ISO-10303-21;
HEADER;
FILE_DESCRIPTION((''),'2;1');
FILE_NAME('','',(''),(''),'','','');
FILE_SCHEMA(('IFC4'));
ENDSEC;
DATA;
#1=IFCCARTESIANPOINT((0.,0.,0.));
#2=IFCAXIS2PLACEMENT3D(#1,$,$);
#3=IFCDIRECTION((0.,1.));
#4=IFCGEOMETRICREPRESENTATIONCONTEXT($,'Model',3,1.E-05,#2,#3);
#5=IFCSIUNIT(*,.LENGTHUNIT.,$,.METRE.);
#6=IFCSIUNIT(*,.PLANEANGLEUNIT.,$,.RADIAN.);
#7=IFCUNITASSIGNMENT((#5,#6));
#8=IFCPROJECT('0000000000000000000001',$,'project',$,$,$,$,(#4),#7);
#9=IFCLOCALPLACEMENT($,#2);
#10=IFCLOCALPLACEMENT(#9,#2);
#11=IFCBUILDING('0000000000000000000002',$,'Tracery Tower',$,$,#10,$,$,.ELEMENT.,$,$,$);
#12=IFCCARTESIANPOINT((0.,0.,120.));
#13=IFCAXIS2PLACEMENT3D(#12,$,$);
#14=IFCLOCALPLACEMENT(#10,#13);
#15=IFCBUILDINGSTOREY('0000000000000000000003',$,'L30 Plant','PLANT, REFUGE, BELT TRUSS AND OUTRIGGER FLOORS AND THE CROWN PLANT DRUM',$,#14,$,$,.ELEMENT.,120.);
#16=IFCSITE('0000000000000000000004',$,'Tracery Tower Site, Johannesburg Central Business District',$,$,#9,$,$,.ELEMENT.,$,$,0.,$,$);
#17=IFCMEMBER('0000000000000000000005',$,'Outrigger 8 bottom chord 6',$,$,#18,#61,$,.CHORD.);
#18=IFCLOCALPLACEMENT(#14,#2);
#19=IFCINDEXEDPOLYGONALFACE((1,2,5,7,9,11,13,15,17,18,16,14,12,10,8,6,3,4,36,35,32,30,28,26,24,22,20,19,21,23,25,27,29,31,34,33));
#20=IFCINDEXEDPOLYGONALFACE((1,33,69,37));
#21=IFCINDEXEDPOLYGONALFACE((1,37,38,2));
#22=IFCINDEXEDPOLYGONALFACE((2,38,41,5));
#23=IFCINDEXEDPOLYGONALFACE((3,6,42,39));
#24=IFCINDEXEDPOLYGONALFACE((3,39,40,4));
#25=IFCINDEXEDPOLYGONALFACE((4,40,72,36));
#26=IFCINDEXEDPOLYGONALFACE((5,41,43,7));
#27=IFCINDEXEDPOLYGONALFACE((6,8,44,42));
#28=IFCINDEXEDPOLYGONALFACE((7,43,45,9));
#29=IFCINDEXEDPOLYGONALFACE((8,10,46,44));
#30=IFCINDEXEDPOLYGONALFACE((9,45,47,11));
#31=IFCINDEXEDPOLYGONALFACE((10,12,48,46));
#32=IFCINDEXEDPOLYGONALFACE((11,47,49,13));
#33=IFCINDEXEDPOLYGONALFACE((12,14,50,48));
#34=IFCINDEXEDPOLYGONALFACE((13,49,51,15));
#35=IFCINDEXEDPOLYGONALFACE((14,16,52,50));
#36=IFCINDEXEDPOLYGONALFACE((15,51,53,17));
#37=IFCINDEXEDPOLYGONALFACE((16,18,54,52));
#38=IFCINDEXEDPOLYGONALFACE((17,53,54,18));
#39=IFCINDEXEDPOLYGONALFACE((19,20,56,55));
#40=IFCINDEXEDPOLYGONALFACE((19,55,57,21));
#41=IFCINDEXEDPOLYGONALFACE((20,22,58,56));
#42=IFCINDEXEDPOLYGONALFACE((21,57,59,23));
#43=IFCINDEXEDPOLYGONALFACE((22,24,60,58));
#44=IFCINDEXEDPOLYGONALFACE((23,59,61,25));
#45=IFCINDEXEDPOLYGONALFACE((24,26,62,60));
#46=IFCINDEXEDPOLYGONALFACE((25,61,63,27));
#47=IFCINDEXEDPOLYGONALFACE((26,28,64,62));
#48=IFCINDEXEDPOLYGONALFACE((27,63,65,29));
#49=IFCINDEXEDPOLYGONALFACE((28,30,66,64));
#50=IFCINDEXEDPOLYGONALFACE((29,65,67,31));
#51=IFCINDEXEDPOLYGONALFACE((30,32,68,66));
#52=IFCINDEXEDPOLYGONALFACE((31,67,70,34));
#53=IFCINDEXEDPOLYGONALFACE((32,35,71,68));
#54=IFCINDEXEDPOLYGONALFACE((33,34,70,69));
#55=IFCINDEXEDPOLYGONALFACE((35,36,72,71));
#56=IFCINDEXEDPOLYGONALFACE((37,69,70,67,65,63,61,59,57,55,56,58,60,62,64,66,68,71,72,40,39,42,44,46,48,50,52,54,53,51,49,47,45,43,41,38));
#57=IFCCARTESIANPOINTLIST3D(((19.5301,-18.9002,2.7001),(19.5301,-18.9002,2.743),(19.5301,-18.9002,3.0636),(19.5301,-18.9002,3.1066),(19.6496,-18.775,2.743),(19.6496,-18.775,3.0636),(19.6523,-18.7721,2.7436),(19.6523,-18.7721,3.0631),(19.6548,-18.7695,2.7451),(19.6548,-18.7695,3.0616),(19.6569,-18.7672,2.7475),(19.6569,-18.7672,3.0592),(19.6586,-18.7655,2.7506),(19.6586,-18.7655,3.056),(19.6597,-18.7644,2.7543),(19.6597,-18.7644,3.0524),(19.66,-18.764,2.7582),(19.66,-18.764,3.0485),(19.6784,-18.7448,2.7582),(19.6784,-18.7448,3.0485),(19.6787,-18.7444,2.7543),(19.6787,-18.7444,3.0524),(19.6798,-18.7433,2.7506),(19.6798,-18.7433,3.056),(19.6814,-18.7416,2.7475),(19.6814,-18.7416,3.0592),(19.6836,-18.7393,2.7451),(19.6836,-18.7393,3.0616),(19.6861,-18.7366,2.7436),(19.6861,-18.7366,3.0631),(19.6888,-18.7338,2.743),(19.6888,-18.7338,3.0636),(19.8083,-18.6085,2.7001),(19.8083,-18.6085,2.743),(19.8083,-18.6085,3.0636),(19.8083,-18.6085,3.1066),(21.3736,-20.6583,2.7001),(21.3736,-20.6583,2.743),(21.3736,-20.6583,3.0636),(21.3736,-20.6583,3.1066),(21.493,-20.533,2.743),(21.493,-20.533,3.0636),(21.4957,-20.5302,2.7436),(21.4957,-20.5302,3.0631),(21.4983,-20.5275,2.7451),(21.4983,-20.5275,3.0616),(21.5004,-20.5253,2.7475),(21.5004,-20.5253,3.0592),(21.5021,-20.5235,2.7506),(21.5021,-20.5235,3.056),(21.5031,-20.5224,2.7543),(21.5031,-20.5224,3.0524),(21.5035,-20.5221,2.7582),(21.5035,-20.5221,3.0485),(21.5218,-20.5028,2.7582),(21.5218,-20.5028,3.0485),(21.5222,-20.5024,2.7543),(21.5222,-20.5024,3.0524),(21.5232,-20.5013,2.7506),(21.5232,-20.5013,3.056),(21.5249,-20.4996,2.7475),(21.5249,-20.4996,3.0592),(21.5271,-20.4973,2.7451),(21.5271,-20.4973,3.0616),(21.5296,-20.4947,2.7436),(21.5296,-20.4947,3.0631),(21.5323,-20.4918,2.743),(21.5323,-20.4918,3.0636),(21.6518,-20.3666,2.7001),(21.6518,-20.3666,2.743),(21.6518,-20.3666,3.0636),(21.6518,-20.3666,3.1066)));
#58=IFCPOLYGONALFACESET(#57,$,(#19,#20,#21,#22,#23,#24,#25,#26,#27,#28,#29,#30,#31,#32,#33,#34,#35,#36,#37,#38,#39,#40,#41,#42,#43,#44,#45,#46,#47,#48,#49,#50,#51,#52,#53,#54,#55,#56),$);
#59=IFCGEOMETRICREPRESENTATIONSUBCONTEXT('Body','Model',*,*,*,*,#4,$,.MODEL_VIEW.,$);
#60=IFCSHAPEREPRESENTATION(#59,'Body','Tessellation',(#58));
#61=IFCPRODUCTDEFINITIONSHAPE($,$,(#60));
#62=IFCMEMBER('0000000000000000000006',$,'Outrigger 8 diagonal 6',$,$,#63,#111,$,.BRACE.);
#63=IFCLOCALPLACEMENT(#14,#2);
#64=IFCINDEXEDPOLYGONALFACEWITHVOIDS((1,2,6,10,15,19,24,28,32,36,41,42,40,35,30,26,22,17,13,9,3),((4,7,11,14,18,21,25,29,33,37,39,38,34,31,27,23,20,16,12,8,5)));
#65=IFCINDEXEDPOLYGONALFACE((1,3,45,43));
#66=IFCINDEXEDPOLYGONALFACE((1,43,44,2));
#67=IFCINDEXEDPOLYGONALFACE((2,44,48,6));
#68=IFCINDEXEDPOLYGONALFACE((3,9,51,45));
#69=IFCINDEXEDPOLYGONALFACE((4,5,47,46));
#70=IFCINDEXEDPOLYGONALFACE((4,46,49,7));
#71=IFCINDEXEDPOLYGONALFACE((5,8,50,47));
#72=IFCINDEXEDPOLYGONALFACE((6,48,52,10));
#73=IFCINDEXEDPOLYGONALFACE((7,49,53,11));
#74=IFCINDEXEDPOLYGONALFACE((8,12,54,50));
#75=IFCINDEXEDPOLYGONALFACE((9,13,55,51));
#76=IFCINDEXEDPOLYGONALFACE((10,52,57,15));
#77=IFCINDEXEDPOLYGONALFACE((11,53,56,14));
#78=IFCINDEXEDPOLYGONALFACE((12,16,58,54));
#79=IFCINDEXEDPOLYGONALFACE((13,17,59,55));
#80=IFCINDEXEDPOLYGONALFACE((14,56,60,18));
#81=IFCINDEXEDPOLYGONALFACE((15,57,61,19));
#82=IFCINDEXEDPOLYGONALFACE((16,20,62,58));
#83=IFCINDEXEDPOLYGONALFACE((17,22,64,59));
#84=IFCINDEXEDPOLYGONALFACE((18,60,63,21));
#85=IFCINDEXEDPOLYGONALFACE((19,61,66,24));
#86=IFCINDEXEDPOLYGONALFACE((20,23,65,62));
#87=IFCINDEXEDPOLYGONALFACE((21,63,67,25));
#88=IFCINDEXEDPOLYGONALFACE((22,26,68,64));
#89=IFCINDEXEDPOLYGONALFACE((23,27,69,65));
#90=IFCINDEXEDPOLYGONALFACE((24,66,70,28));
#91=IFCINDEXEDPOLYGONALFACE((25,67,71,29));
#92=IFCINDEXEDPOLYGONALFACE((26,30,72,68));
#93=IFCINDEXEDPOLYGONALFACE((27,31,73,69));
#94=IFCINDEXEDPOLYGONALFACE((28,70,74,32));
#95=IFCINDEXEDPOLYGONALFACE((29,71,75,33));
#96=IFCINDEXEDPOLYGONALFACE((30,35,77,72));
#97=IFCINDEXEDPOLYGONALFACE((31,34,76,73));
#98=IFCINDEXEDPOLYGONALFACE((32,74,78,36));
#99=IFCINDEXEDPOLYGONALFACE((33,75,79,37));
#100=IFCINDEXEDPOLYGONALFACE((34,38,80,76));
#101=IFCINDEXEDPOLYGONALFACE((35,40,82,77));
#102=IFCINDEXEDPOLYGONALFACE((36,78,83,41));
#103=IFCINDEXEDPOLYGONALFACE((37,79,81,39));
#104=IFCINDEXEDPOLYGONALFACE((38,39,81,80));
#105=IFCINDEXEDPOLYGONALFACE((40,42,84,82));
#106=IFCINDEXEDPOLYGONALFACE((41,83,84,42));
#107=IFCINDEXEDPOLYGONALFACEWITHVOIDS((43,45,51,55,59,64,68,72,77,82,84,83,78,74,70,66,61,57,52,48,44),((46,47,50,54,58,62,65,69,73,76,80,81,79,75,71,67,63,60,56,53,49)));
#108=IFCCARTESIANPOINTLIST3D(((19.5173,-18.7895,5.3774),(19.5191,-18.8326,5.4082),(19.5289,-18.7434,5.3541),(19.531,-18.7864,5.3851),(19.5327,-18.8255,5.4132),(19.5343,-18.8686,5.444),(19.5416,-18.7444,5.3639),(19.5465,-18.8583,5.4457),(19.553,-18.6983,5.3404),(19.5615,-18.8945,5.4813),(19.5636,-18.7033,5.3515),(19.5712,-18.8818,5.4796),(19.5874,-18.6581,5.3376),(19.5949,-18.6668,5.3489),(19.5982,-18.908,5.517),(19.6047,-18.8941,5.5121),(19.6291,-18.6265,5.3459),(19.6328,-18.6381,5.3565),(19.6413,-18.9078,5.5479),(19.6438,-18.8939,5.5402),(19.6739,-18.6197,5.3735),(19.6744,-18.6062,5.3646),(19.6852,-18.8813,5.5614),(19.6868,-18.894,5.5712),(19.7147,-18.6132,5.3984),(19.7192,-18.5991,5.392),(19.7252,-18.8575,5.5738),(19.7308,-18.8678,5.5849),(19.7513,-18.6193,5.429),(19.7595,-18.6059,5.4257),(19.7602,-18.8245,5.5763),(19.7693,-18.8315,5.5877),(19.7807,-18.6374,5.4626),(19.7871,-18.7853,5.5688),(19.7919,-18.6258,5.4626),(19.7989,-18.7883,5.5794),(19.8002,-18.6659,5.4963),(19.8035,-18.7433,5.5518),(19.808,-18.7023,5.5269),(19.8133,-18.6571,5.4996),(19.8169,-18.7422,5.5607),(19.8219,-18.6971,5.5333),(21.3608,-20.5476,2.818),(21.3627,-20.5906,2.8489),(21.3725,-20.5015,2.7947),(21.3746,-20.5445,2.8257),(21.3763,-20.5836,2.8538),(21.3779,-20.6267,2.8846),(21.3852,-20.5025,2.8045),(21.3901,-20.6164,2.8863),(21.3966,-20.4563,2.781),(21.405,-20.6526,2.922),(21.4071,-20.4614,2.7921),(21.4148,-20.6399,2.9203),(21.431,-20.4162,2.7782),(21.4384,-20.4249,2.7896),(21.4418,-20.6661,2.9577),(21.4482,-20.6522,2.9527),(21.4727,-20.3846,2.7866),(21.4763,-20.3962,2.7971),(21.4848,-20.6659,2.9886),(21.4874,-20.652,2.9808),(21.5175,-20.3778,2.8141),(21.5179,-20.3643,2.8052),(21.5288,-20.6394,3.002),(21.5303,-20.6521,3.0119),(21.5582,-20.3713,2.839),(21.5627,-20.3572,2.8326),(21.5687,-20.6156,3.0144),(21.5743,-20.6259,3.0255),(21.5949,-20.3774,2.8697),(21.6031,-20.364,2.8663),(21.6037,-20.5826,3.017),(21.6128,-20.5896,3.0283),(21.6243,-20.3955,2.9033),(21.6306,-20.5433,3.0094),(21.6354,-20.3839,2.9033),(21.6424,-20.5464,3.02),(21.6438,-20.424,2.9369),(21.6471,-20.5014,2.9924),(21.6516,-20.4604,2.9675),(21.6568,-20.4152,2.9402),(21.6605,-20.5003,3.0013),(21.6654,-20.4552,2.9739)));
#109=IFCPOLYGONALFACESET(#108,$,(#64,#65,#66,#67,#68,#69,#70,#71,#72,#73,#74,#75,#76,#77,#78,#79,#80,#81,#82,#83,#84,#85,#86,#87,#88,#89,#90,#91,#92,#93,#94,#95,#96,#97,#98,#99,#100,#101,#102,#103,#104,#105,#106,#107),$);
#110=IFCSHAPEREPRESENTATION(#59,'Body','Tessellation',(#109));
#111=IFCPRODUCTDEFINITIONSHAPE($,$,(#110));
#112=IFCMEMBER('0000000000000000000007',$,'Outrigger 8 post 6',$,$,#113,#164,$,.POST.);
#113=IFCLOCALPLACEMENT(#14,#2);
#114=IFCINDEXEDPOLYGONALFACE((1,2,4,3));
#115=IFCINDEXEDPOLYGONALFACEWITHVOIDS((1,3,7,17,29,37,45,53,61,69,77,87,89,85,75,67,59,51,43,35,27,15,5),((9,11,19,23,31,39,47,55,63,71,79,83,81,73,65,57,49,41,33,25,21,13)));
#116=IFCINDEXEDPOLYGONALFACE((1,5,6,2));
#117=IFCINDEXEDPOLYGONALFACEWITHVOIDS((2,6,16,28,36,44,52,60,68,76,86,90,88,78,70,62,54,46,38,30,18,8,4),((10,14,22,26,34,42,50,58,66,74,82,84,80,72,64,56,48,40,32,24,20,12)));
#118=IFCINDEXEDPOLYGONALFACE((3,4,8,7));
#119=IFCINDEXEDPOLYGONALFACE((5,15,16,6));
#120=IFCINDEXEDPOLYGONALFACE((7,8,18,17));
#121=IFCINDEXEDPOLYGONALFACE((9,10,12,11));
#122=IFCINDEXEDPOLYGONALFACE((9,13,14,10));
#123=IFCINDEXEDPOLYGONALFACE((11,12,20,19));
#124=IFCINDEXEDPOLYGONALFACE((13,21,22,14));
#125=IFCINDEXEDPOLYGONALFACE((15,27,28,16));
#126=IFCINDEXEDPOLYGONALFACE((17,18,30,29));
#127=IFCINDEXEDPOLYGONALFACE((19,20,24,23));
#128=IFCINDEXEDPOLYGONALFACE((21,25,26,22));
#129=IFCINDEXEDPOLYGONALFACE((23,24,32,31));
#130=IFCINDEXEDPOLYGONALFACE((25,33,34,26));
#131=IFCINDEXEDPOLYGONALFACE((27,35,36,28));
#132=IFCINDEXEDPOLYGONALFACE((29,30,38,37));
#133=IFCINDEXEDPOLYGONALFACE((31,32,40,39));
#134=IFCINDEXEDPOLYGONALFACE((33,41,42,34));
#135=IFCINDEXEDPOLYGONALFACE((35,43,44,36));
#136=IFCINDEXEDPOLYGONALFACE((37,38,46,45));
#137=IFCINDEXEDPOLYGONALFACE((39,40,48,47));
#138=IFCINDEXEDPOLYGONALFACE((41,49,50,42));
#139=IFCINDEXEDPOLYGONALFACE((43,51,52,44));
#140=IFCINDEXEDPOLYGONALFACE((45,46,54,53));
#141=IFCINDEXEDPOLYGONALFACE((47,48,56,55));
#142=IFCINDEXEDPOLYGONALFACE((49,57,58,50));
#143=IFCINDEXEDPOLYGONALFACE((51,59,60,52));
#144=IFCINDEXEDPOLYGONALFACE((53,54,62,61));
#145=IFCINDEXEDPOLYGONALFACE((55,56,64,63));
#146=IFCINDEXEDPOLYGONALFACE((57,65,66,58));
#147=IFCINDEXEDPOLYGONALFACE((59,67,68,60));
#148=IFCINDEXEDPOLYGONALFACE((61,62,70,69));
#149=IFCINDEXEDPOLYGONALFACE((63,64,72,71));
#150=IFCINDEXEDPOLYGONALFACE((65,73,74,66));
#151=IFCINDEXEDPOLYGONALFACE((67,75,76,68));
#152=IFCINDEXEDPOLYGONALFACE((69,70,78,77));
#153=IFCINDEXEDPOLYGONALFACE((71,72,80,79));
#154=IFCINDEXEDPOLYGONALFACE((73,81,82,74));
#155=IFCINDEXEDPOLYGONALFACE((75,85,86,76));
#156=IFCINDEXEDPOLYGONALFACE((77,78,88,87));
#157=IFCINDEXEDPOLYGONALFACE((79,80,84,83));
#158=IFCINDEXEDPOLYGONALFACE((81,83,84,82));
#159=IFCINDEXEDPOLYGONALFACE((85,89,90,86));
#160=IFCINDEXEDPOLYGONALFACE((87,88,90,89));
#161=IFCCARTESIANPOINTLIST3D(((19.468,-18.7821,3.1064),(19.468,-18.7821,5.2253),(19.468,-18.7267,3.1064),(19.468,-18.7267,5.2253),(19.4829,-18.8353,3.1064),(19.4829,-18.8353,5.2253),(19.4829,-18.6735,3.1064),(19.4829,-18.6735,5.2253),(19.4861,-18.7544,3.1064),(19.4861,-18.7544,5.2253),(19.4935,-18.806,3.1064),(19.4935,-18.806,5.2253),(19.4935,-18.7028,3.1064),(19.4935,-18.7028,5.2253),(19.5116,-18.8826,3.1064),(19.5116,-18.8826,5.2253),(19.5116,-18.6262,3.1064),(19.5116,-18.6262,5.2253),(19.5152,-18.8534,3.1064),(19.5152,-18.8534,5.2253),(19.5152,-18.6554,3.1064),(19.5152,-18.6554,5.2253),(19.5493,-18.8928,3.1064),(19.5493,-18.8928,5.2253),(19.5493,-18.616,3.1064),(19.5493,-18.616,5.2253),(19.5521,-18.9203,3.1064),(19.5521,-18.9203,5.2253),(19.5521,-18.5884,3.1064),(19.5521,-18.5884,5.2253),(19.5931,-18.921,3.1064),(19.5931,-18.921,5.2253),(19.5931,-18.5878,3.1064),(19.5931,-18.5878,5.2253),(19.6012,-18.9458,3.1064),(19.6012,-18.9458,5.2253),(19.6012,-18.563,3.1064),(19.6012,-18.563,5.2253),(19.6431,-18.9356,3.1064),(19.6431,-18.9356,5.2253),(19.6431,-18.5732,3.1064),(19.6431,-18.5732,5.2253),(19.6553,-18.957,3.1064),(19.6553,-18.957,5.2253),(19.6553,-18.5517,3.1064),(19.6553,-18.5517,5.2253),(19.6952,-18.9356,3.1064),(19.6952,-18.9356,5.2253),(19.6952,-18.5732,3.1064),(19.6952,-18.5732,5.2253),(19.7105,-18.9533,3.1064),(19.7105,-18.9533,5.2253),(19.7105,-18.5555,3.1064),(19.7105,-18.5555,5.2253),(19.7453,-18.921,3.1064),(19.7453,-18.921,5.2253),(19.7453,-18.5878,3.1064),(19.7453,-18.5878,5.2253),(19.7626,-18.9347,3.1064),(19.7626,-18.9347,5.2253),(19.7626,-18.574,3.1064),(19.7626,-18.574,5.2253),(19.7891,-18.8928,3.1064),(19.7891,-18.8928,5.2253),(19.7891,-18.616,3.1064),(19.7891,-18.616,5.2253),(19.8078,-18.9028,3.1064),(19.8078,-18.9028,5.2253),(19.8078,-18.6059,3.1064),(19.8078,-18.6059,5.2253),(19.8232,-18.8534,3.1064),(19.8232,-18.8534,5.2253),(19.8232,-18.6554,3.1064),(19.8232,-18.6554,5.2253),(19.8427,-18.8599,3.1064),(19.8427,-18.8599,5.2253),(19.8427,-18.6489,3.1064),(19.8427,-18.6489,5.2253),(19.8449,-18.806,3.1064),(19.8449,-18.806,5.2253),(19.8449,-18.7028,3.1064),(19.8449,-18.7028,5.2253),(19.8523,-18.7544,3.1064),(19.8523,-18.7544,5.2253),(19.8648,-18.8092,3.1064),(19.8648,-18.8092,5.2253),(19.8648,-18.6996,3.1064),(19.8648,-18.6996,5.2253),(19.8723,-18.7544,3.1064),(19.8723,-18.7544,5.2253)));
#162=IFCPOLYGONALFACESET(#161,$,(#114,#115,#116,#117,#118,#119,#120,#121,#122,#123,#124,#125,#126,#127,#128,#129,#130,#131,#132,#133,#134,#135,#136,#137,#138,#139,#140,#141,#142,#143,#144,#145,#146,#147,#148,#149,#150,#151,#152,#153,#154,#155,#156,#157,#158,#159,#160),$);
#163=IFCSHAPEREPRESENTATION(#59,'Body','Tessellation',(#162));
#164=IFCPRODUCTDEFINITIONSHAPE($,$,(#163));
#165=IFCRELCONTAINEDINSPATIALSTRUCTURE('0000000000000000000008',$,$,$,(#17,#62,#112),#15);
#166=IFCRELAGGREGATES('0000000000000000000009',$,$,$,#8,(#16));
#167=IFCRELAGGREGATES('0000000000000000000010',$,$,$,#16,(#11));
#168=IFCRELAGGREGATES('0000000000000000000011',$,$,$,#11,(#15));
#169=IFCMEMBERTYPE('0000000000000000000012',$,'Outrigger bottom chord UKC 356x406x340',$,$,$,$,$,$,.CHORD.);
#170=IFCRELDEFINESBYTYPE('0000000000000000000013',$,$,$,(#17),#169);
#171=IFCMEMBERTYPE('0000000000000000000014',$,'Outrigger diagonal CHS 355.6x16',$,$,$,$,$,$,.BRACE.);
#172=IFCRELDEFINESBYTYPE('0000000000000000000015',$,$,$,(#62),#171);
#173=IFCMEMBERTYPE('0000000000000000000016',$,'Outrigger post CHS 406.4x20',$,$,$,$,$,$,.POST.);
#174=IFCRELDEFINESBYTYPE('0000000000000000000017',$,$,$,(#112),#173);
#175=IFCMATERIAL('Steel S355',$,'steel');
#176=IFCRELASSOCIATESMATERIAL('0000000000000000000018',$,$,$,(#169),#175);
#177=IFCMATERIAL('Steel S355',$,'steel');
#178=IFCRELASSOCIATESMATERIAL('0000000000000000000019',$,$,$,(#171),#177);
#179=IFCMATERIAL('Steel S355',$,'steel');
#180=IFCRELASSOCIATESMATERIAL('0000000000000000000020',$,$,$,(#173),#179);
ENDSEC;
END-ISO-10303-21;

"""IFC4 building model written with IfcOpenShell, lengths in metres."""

from ifc_helpers import new_model, si_unit, direction, frame, origin, origin_2d, place, context, subcontext, project, spatial, hollow_circle, i_section, extrude, material, material_profile, profile_set, type_object, element, save


model = new_model("IFC4")

# Units and contexts
model_context = context("Model", 3, precision=1e-05, world=origin(), true_north=direction((0.0, 1.0)))
body_context = subcontext(model_context, "Body", "Model", "MODEL_VIEW")
ifc_project = project(units=[si_unit("LENGTHUNIT", "METRE"), si_unit("PLANEANGLEUNIT", "RADIAN")], contexts=[model_context])

# Site, building, storey
site_placement = place(None, origin())
site = spatial("IfcSite", under=ifc_project, at=site_placement, Name="Tracery Tower Site, Johannesburg Central Business District", CompositionType="ELEMENT", RefElevation=0.0)
building_placement = place(site_placement, origin())
building = spatial("IfcBuilding", under=site, at=building_placement, Name="Tracery Tower", CompositionType="ELEMENT")
storey_placement = place(building_placement, frame((0.0, 0.0, 120.0)))
storey = spatial("IfcBuildingStorey", under=building, at=storey_placement, Name="L30 Plant", Description="PLANT, REFUGE, BELT TRUSS AND OUTRIGGER FLOORS AND THE CROWN PLANT DRUM", CompositionType="ELEMENT", Elevation=120.0)

# Members
ifc_material_1 = material(Name="Steel S355", Category="steel")
ifc_material_profile_1 = material_profile(ifc_material_1, i_section(OverallWidth=0.4031, OverallDepth=0.4065, WebThickness=0.0266, FlangeThickness=0.043, FilletRadius=0.0151, at=origin_2d()), Name="UKC 356x406x340")
ifc_profile_set_1 = profile_set([ifc_material_profile_1], Name="Steel S355")
member_type_1 = type_object("IfcMemberType", Name="Outrigger bottom chord UKC 356x406x340", PredefinedType="CHORD", material=ifc_profile_set_1)
member_1_placement = place(storey_placement, frame((19.6692, -18.7544, 2.9033), z_axis=(0.72368, -0.690136, 0.0), x_axis=(0.690136, 0.72368, 0.0)))
element("IfcMember", 1, at=member_1_placement, inside=storey, type_object=member_type_1, Name="Outrigger 8 bottom chord 6", PredefinedType="CHORD", context=body_context, shape_type="SweptSolid", body=[
    extrude(i_section(OverallWidth=0.4031, OverallDepth=0.4065, WebThickness=0.0266, FlangeThickness=0.043, FilletRadius=0.0151, at=origin_2d()), origin(), (0.0, 0.0, 1.0), 2.5474),
])
ifc_material_2 = material(Name="Steel S355", Category="steel")
ifc_material_profile_2 = material_profile(ifc_material_2, hollow_circle(Radius=0.1777, WallThickness=0.0161, at=origin_2d()), Name="CHS 355.6x16")
ifc_profile_set_2 = profile_set([ifc_material_profile_2], Name="Steel S355")
member_type_2 = type_object("IfcMemberType", Name="Outrigger diagonal CHS 355.6x16", PredefinedType="BRACE", material=ifc_profile_set_2)
member_2_placement = place(storey_placement, frame((19.6692, -18.7544, 5.4626), z_axis=(0.510523, -0.486859, -0.708755), x_axis=(0.690136, 0.72368, 0.0)))
element("IfcMember", 2, at=member_2_placement, inside=storey, type_object=member_type_2, Name="Outrigger 8 diagonal 6", PredefinedType="BRACE", context=body_context, shape_type="SweptSolid", body=[
    extrude(hollow_circle(Radius=0.1777, WallThickness=0.0161, at=origin_2d()), origin(), (0.0, 0.0, 1.0), 3.6111),
])
ifc_material_3 = material(Name="Steel S355", Category="steel")
ifc_material_profile_3 = material_profile(ifc_material_3, hollow_circle(Radius=0.2031, WallThickness=0.02, at=origin_2d()), Name="CHS 406.4x20")
ifc_profile_set_3 = profile_set([ifc_material_profile_3], Name="Steel S355")
member_type_3 = type_object("IfcMemberType", Name="Outrigger post CHS 406.4x20", PredefinedType="POST", material=ifc_profile_set_3)
for number, where, z_axis, x_axis, name in (
    (3, (19.6692, -18.7544, 3.1064), (0.0, 0.0, 1.0), (1.0, 0.0, 0.0), "Outrigger 8 post 6"),
):
    element("IfcMember", number, at=place(storey_placement, frame(where, z_axis=z_axis, x_axis=x_axis)), inside=storey, type_object=member_type_3, Name=name, PredefinedType="POST", context=body_context, shape_type="SweptSolid", body=[
        extrude(hollow_circle(Radius=0.2031, WallThickness=0.02, at=origin_2d()), origin(), (0.0, 0.0, 1.0), 2.1189),
    ])

save(model, "model.ifc")
